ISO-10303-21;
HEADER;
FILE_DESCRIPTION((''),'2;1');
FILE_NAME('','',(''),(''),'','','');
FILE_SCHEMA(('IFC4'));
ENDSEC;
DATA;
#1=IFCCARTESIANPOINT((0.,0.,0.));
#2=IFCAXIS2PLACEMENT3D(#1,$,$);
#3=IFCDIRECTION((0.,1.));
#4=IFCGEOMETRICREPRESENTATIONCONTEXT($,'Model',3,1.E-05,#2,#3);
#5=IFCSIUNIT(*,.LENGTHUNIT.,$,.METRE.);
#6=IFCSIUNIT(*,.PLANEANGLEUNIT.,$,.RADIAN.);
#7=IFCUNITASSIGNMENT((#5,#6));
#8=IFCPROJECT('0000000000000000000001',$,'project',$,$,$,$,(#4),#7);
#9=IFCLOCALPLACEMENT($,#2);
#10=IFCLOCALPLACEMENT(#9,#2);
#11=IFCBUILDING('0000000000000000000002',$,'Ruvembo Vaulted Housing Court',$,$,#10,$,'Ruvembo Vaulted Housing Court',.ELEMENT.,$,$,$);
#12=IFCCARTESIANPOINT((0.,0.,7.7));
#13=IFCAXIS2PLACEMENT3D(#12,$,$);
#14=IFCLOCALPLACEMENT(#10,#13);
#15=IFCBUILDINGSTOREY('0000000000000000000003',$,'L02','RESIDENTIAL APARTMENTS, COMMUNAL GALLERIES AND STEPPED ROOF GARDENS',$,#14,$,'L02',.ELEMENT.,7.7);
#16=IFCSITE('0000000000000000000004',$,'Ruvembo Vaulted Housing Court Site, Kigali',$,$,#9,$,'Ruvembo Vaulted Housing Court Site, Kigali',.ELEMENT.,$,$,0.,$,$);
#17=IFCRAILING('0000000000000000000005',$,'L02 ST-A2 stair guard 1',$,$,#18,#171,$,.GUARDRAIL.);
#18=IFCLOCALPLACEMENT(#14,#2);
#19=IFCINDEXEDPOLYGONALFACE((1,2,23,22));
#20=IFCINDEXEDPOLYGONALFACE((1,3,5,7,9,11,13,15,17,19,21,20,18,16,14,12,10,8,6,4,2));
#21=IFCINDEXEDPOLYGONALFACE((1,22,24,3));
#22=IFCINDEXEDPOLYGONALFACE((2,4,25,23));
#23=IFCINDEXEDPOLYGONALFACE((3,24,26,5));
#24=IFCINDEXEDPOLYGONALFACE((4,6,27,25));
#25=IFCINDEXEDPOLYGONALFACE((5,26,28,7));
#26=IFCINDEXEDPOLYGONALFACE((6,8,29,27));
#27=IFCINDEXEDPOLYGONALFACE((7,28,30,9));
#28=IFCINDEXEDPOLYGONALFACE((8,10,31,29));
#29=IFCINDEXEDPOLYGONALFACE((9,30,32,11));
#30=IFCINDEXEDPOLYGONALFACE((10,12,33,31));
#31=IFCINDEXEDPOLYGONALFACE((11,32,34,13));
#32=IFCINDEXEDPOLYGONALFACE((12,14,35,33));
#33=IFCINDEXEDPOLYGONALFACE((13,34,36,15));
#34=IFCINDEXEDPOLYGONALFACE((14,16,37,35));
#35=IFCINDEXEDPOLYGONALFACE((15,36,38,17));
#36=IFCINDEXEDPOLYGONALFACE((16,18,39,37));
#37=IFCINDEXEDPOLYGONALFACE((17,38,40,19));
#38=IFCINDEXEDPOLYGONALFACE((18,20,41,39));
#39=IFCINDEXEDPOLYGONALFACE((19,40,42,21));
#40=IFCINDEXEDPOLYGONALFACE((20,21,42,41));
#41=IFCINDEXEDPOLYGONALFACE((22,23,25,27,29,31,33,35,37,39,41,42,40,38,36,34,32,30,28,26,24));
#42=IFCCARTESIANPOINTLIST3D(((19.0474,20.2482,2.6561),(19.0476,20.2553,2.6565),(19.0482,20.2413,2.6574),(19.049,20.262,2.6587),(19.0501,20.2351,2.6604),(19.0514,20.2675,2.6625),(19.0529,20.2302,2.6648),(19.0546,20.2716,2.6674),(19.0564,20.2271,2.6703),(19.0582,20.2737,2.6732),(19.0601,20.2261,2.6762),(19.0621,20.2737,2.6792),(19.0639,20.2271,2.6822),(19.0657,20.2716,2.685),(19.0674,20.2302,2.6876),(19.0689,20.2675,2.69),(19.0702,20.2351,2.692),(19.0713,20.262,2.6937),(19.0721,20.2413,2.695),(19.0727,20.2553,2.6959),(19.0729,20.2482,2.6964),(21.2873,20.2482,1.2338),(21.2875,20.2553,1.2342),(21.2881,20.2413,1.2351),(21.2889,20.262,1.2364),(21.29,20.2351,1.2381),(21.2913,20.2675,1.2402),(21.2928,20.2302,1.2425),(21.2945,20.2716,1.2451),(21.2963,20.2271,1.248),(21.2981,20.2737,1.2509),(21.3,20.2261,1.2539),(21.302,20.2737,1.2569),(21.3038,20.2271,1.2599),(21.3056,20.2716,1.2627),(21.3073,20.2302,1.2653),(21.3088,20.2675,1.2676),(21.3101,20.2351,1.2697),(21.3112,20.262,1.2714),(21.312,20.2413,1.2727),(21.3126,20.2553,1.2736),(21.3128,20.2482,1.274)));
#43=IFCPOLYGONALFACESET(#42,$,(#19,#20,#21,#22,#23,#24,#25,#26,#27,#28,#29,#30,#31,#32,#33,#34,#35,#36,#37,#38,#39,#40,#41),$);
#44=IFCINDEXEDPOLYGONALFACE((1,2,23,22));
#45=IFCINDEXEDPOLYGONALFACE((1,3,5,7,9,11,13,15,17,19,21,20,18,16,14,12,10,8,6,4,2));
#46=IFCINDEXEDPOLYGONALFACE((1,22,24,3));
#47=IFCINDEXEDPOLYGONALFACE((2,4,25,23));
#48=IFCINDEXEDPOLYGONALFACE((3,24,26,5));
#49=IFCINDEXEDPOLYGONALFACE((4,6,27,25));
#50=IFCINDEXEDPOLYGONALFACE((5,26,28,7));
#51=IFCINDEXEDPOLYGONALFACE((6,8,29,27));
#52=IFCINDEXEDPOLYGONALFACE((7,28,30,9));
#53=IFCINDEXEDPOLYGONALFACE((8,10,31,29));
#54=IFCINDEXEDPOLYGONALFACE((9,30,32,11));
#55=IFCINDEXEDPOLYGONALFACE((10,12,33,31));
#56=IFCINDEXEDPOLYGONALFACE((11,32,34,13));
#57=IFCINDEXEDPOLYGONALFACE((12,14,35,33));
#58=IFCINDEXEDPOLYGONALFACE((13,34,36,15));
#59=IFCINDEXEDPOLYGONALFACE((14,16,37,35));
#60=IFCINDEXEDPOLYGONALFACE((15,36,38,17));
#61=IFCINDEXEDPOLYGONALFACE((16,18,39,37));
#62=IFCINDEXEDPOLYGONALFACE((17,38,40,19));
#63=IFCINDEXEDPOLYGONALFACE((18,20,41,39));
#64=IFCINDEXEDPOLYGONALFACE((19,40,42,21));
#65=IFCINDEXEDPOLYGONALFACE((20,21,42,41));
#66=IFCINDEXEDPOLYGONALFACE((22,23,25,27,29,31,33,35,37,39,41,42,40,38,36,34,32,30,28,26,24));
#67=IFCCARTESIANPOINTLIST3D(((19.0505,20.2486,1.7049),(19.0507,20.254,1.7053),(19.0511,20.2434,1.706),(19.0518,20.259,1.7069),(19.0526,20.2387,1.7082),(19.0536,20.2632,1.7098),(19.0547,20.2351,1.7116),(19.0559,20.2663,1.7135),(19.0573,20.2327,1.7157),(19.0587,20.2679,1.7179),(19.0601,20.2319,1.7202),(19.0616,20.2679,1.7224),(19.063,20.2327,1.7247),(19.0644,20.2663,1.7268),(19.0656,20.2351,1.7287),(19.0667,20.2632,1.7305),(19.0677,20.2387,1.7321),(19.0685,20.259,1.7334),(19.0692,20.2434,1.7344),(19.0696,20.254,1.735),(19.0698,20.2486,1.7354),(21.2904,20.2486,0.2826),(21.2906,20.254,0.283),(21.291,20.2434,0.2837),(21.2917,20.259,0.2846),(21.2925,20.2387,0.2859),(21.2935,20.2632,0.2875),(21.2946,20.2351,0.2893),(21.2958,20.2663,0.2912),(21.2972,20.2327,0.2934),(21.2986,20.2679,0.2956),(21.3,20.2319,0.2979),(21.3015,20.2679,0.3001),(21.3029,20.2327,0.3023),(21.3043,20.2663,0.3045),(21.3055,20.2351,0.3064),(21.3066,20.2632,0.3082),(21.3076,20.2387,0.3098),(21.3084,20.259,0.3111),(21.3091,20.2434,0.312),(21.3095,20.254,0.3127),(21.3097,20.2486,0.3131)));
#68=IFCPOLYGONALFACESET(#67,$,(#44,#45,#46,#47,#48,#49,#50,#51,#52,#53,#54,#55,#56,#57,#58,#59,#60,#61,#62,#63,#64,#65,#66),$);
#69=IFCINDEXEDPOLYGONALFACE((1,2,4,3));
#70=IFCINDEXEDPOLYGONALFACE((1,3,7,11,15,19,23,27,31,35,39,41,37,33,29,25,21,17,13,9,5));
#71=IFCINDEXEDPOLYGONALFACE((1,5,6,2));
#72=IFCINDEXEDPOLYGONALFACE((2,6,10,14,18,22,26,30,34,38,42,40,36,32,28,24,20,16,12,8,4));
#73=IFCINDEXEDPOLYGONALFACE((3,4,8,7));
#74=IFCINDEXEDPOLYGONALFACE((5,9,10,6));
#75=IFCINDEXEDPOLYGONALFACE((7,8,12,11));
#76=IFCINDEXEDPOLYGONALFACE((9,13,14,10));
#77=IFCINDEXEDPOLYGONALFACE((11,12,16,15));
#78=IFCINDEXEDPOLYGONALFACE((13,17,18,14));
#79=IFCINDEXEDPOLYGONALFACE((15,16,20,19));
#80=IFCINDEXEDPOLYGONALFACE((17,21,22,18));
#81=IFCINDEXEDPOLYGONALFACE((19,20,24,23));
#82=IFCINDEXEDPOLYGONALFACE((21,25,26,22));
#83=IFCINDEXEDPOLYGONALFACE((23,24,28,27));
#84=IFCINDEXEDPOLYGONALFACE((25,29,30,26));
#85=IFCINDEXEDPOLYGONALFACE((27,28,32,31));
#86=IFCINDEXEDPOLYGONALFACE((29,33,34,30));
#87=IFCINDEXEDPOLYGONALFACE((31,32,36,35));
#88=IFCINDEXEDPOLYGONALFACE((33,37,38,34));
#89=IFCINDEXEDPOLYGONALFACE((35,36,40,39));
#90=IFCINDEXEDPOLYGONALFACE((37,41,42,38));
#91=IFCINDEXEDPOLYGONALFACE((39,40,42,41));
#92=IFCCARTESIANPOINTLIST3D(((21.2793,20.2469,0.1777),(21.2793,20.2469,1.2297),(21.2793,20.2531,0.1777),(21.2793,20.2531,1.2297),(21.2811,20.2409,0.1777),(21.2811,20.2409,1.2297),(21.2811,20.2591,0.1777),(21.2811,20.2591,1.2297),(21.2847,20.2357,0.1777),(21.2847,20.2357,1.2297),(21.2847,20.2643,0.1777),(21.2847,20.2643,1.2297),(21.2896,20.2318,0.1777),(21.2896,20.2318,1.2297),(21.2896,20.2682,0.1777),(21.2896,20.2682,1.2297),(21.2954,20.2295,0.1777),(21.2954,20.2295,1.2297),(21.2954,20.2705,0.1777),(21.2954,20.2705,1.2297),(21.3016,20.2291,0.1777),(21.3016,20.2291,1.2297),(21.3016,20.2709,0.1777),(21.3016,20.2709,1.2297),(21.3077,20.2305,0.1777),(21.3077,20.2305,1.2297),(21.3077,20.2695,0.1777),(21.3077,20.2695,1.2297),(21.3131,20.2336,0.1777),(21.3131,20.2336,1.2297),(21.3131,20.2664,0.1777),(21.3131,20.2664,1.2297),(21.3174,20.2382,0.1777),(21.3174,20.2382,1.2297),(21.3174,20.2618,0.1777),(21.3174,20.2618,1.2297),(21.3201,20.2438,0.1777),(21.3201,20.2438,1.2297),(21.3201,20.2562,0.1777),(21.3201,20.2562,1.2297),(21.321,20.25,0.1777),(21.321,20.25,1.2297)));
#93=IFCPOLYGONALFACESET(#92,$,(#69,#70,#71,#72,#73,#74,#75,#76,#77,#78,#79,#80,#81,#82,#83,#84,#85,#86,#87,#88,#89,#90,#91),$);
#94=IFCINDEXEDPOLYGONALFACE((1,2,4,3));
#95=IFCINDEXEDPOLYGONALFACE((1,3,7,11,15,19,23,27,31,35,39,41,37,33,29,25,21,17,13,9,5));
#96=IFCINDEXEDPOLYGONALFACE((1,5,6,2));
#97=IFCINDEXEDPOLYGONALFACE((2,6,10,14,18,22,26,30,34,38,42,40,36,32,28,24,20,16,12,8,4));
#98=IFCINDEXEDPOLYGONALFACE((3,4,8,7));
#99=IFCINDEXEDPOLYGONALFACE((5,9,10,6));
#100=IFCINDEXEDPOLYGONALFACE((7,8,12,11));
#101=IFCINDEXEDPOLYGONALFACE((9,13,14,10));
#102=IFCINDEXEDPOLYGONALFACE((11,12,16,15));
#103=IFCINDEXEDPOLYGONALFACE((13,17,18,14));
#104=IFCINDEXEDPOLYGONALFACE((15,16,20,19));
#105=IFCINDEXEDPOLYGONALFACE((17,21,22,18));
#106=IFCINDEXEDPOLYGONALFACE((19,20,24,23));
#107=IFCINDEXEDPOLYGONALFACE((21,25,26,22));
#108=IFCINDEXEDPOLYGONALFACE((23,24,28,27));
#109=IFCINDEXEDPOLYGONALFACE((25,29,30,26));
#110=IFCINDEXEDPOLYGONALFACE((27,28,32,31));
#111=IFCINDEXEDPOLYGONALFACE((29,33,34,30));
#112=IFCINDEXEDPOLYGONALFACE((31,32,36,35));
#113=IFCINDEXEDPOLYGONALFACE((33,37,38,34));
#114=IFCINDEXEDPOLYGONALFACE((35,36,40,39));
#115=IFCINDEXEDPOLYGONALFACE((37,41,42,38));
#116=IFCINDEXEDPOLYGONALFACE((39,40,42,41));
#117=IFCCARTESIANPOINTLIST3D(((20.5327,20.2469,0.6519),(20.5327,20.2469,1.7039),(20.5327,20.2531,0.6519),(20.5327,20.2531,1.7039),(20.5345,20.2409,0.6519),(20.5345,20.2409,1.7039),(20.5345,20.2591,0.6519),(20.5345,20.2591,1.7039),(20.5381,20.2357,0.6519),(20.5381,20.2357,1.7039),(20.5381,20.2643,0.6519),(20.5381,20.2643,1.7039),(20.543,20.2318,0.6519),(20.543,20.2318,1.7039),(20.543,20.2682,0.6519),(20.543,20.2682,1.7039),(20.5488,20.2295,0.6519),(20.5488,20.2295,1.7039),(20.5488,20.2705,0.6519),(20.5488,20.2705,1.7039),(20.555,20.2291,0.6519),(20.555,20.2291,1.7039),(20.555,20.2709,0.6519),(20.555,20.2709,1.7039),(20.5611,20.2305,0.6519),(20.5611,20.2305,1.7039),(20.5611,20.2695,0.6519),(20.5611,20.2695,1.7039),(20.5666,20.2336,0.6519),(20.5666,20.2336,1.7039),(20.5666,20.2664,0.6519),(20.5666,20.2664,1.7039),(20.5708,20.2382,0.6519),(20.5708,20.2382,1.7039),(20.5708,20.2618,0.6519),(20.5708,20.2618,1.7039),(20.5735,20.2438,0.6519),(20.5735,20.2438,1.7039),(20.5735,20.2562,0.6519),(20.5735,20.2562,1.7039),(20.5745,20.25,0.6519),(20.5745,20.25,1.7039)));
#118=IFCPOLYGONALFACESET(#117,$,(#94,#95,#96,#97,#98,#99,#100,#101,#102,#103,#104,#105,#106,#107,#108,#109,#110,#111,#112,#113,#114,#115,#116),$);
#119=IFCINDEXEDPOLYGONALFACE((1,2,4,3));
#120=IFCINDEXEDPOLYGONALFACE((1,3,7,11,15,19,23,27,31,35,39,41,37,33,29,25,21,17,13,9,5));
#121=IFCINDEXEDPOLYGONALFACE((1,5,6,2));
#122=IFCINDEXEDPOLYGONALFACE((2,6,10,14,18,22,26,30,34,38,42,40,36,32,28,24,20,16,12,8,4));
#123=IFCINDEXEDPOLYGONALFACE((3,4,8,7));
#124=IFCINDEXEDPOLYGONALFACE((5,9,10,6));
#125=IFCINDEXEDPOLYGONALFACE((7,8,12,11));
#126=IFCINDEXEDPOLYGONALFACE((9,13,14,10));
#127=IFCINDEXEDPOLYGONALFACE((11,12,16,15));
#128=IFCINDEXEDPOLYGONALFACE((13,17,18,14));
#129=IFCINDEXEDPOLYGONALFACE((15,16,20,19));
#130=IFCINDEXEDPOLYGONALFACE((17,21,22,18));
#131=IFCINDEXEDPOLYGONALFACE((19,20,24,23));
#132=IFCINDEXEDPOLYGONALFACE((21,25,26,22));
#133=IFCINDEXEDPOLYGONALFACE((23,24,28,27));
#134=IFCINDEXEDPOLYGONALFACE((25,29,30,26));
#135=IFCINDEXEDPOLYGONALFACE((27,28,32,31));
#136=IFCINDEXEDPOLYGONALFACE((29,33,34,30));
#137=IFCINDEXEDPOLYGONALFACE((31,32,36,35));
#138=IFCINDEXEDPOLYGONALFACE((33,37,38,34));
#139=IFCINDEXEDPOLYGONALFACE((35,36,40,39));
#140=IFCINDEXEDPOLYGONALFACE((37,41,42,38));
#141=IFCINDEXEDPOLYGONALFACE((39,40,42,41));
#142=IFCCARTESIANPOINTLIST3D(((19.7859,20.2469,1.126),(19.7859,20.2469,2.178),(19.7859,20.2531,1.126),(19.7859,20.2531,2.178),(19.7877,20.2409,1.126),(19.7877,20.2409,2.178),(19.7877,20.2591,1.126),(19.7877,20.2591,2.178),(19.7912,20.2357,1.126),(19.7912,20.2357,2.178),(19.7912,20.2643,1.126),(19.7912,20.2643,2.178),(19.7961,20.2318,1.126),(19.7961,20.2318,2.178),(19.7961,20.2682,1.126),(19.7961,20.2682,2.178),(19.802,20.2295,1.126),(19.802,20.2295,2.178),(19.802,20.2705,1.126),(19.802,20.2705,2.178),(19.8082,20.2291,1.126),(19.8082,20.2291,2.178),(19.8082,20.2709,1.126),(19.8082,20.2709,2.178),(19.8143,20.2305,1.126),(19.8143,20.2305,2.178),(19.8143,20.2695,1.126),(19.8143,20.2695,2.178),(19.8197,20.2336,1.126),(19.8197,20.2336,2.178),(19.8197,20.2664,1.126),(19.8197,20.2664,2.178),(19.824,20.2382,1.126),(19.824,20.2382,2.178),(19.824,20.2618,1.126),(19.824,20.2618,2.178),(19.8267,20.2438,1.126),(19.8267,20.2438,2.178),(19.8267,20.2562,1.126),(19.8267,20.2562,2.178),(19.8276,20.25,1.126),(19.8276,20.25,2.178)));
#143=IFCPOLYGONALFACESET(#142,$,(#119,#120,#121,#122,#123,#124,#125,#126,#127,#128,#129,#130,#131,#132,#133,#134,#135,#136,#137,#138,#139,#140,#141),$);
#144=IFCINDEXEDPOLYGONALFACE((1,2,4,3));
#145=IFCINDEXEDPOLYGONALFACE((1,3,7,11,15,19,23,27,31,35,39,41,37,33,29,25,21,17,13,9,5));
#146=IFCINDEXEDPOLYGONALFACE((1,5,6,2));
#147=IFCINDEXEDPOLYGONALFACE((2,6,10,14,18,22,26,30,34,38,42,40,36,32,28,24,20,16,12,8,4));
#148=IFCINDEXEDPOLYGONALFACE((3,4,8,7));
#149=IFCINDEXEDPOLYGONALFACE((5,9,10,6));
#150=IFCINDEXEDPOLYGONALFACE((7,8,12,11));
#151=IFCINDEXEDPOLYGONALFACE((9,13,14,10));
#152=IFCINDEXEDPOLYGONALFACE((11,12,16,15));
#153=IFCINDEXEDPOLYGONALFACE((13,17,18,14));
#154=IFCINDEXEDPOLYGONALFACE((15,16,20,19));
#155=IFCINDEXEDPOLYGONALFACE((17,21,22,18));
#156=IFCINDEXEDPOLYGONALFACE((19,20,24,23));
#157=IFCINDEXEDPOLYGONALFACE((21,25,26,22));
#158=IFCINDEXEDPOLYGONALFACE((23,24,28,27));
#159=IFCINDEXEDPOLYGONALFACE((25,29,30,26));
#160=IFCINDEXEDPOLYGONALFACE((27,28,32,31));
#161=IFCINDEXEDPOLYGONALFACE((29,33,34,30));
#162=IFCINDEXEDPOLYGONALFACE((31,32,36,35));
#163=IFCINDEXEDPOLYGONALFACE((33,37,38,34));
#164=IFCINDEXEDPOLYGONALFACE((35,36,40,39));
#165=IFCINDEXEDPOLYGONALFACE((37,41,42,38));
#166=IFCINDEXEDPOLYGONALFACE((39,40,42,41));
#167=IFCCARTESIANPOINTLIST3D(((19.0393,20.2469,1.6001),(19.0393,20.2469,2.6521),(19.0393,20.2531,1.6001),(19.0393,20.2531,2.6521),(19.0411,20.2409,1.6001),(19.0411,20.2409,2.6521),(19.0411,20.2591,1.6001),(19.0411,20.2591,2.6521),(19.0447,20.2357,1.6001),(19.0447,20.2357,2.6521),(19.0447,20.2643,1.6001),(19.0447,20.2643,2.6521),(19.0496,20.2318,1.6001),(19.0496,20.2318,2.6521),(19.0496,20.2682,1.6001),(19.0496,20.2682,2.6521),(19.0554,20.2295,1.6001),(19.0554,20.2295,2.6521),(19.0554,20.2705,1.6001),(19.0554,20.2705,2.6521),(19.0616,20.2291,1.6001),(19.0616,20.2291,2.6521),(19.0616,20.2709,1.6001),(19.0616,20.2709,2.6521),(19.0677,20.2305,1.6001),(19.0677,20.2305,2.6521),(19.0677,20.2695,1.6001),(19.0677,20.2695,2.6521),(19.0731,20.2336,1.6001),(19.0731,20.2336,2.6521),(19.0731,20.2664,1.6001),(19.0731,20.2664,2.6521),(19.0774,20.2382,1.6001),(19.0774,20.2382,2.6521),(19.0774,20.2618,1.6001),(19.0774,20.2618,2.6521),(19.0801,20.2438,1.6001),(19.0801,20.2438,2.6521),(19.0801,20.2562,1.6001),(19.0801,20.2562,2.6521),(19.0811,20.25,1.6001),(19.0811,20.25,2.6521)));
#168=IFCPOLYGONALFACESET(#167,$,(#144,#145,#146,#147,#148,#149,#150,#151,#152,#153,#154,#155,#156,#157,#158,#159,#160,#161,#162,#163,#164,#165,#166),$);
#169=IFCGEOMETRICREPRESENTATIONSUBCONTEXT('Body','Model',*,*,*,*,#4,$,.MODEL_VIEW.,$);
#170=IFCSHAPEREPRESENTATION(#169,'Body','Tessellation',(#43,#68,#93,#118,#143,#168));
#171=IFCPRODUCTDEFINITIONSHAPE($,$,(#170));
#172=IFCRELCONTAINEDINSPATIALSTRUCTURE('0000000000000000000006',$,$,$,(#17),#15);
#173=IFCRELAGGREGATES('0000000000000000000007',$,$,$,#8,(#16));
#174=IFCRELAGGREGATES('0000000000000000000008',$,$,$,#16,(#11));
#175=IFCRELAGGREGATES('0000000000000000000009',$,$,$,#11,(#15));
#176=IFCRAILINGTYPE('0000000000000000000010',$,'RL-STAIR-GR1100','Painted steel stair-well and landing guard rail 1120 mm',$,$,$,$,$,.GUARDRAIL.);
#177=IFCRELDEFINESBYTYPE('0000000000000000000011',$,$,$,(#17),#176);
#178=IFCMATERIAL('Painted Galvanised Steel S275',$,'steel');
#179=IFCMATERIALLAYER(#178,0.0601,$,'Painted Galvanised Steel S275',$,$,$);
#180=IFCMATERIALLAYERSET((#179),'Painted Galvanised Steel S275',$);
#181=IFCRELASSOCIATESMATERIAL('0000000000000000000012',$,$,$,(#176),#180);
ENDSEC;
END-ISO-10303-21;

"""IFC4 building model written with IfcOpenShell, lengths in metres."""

from ifc_helpers import new_model, si_unit, direction, frame, origin, origin_2d, place, context, subcontext, project, spatial, circle, extrude, material, layer, layer_set, type_object, element, save


model = new_model("IFC4")

# Units and contexts
model_context = context("Model", 3, precision=1e-05, world=origin(), true_north=direction((0.0, 1.0)))
body_context = subcontext(model_context, "Body", "Model", "MODEL_VIEW")
ifc_project = project(units=[si_unit("LENGTHUNIT", "METRE"), si_unit("PLANEANGLEUNIT", "RADIAN")], contexts=[model_context])

# Site, building, storey
site_placement = place(None, origin())
site = spatial("IfcSite", under=ifc_project, at=site_placement, Name="Ruvembo Vaulted Housing Court Site, Kigali", LongName="Ruvembo Vaulted Housing Court Site, Kigali", CompositionType="ELEMENT", RefElevation=0.0)
building_placement = place(site_placement, origin())
building = spatial("IfcBuilding", under=site, at=building_placement, Name="Ruvembo Vaulted Housing Court", LongName="Ruvembo Vaulted Housing Court", CompositionType="ELEMENT")
storey_placement = place(building_placement, frame((0.0, 0.0, 7.7)))
storey = spatial("IfcBuildingStorey", under=building, at=storey_placement, Name="L02", Description="RESIDENTIAL APARTMENTS, COMMUNAL GALLERIES AND STEPPED ROOF GARDENS", LongName="L02", CompositionType="ELEMENT", Elevation=7.7)

# Railing
ifc_material_1 = material(Name="Painted Galvanised Steel S275", Category="steel")
ifc_layer_1 = layer(ifc_material_1, 0.0601, Name="Painted Galvanised Steel S275")
ifc_layer_set_1 = layer_set([ifc_layer_1], Name="Painted Galvanised Steel S275")
railing_type_1 = type_object("IfcRailingType", Name="RL-STAIR-GR1100", Description="Painted steel stair-well and landing guard rail 1120 mm", PredefinedType="GUARDRAIL", material=ifc_layer_set_1)
railing_1_placement = place(storey_placement, frame((21.3, 20.25, 0.1777)))
element("IfcRailing", 1, at=railing_1_placement, inside=storey, type_object=railing_type_1, Name="L02 ST-A2 stair guard 1", PredefinedType="GUARDRAIL", context=body_context, shape_type="SweptSolid", body=[
    extrude(circle(Radius=0.0239, at=origin_2d()), frame((0.0, 0.0, 1.0762), z_axis=(-0.844188, 0.0, 0.536048), x_axis=(0.0, -1.0, 0.0)), (0.0, 0.0, 1.0), 2.6533),
    extrude(circle(Radius=0.0181, at=origin_2d()), frame((0.0, 0.0, 0.1201), z_axis=(-0.844188, 0.0, 0.536048), x_axis=(0.0, -1.0, 0.0)), (0.0, 0.0, 1.0), 2.6533),
    extrude(circle(Radius=0.021, at=origin_2d()), origin(), (0.0, 0.0, 1.0), 1.052),
    extrude(circle(Radius=0.021, at=origin_2d()), frame((-0.7466, 0.0, 0.4741)), (0.0, 0.0, 1.0), 1.052),
    extrude(circle(Radius=0.021, at=origin_2d()), frame((-1.4934, 0.0, 0.9482)), (0.0, 0.0, 1.0), 1.052),
    extrude(circle(Radius=0.021, at=origin_2d()), frame((-2.24, 0.0, 1.4224)), (0.0, 0.0, 1.0), 1.052),
])

save(model, "model.ifc")
